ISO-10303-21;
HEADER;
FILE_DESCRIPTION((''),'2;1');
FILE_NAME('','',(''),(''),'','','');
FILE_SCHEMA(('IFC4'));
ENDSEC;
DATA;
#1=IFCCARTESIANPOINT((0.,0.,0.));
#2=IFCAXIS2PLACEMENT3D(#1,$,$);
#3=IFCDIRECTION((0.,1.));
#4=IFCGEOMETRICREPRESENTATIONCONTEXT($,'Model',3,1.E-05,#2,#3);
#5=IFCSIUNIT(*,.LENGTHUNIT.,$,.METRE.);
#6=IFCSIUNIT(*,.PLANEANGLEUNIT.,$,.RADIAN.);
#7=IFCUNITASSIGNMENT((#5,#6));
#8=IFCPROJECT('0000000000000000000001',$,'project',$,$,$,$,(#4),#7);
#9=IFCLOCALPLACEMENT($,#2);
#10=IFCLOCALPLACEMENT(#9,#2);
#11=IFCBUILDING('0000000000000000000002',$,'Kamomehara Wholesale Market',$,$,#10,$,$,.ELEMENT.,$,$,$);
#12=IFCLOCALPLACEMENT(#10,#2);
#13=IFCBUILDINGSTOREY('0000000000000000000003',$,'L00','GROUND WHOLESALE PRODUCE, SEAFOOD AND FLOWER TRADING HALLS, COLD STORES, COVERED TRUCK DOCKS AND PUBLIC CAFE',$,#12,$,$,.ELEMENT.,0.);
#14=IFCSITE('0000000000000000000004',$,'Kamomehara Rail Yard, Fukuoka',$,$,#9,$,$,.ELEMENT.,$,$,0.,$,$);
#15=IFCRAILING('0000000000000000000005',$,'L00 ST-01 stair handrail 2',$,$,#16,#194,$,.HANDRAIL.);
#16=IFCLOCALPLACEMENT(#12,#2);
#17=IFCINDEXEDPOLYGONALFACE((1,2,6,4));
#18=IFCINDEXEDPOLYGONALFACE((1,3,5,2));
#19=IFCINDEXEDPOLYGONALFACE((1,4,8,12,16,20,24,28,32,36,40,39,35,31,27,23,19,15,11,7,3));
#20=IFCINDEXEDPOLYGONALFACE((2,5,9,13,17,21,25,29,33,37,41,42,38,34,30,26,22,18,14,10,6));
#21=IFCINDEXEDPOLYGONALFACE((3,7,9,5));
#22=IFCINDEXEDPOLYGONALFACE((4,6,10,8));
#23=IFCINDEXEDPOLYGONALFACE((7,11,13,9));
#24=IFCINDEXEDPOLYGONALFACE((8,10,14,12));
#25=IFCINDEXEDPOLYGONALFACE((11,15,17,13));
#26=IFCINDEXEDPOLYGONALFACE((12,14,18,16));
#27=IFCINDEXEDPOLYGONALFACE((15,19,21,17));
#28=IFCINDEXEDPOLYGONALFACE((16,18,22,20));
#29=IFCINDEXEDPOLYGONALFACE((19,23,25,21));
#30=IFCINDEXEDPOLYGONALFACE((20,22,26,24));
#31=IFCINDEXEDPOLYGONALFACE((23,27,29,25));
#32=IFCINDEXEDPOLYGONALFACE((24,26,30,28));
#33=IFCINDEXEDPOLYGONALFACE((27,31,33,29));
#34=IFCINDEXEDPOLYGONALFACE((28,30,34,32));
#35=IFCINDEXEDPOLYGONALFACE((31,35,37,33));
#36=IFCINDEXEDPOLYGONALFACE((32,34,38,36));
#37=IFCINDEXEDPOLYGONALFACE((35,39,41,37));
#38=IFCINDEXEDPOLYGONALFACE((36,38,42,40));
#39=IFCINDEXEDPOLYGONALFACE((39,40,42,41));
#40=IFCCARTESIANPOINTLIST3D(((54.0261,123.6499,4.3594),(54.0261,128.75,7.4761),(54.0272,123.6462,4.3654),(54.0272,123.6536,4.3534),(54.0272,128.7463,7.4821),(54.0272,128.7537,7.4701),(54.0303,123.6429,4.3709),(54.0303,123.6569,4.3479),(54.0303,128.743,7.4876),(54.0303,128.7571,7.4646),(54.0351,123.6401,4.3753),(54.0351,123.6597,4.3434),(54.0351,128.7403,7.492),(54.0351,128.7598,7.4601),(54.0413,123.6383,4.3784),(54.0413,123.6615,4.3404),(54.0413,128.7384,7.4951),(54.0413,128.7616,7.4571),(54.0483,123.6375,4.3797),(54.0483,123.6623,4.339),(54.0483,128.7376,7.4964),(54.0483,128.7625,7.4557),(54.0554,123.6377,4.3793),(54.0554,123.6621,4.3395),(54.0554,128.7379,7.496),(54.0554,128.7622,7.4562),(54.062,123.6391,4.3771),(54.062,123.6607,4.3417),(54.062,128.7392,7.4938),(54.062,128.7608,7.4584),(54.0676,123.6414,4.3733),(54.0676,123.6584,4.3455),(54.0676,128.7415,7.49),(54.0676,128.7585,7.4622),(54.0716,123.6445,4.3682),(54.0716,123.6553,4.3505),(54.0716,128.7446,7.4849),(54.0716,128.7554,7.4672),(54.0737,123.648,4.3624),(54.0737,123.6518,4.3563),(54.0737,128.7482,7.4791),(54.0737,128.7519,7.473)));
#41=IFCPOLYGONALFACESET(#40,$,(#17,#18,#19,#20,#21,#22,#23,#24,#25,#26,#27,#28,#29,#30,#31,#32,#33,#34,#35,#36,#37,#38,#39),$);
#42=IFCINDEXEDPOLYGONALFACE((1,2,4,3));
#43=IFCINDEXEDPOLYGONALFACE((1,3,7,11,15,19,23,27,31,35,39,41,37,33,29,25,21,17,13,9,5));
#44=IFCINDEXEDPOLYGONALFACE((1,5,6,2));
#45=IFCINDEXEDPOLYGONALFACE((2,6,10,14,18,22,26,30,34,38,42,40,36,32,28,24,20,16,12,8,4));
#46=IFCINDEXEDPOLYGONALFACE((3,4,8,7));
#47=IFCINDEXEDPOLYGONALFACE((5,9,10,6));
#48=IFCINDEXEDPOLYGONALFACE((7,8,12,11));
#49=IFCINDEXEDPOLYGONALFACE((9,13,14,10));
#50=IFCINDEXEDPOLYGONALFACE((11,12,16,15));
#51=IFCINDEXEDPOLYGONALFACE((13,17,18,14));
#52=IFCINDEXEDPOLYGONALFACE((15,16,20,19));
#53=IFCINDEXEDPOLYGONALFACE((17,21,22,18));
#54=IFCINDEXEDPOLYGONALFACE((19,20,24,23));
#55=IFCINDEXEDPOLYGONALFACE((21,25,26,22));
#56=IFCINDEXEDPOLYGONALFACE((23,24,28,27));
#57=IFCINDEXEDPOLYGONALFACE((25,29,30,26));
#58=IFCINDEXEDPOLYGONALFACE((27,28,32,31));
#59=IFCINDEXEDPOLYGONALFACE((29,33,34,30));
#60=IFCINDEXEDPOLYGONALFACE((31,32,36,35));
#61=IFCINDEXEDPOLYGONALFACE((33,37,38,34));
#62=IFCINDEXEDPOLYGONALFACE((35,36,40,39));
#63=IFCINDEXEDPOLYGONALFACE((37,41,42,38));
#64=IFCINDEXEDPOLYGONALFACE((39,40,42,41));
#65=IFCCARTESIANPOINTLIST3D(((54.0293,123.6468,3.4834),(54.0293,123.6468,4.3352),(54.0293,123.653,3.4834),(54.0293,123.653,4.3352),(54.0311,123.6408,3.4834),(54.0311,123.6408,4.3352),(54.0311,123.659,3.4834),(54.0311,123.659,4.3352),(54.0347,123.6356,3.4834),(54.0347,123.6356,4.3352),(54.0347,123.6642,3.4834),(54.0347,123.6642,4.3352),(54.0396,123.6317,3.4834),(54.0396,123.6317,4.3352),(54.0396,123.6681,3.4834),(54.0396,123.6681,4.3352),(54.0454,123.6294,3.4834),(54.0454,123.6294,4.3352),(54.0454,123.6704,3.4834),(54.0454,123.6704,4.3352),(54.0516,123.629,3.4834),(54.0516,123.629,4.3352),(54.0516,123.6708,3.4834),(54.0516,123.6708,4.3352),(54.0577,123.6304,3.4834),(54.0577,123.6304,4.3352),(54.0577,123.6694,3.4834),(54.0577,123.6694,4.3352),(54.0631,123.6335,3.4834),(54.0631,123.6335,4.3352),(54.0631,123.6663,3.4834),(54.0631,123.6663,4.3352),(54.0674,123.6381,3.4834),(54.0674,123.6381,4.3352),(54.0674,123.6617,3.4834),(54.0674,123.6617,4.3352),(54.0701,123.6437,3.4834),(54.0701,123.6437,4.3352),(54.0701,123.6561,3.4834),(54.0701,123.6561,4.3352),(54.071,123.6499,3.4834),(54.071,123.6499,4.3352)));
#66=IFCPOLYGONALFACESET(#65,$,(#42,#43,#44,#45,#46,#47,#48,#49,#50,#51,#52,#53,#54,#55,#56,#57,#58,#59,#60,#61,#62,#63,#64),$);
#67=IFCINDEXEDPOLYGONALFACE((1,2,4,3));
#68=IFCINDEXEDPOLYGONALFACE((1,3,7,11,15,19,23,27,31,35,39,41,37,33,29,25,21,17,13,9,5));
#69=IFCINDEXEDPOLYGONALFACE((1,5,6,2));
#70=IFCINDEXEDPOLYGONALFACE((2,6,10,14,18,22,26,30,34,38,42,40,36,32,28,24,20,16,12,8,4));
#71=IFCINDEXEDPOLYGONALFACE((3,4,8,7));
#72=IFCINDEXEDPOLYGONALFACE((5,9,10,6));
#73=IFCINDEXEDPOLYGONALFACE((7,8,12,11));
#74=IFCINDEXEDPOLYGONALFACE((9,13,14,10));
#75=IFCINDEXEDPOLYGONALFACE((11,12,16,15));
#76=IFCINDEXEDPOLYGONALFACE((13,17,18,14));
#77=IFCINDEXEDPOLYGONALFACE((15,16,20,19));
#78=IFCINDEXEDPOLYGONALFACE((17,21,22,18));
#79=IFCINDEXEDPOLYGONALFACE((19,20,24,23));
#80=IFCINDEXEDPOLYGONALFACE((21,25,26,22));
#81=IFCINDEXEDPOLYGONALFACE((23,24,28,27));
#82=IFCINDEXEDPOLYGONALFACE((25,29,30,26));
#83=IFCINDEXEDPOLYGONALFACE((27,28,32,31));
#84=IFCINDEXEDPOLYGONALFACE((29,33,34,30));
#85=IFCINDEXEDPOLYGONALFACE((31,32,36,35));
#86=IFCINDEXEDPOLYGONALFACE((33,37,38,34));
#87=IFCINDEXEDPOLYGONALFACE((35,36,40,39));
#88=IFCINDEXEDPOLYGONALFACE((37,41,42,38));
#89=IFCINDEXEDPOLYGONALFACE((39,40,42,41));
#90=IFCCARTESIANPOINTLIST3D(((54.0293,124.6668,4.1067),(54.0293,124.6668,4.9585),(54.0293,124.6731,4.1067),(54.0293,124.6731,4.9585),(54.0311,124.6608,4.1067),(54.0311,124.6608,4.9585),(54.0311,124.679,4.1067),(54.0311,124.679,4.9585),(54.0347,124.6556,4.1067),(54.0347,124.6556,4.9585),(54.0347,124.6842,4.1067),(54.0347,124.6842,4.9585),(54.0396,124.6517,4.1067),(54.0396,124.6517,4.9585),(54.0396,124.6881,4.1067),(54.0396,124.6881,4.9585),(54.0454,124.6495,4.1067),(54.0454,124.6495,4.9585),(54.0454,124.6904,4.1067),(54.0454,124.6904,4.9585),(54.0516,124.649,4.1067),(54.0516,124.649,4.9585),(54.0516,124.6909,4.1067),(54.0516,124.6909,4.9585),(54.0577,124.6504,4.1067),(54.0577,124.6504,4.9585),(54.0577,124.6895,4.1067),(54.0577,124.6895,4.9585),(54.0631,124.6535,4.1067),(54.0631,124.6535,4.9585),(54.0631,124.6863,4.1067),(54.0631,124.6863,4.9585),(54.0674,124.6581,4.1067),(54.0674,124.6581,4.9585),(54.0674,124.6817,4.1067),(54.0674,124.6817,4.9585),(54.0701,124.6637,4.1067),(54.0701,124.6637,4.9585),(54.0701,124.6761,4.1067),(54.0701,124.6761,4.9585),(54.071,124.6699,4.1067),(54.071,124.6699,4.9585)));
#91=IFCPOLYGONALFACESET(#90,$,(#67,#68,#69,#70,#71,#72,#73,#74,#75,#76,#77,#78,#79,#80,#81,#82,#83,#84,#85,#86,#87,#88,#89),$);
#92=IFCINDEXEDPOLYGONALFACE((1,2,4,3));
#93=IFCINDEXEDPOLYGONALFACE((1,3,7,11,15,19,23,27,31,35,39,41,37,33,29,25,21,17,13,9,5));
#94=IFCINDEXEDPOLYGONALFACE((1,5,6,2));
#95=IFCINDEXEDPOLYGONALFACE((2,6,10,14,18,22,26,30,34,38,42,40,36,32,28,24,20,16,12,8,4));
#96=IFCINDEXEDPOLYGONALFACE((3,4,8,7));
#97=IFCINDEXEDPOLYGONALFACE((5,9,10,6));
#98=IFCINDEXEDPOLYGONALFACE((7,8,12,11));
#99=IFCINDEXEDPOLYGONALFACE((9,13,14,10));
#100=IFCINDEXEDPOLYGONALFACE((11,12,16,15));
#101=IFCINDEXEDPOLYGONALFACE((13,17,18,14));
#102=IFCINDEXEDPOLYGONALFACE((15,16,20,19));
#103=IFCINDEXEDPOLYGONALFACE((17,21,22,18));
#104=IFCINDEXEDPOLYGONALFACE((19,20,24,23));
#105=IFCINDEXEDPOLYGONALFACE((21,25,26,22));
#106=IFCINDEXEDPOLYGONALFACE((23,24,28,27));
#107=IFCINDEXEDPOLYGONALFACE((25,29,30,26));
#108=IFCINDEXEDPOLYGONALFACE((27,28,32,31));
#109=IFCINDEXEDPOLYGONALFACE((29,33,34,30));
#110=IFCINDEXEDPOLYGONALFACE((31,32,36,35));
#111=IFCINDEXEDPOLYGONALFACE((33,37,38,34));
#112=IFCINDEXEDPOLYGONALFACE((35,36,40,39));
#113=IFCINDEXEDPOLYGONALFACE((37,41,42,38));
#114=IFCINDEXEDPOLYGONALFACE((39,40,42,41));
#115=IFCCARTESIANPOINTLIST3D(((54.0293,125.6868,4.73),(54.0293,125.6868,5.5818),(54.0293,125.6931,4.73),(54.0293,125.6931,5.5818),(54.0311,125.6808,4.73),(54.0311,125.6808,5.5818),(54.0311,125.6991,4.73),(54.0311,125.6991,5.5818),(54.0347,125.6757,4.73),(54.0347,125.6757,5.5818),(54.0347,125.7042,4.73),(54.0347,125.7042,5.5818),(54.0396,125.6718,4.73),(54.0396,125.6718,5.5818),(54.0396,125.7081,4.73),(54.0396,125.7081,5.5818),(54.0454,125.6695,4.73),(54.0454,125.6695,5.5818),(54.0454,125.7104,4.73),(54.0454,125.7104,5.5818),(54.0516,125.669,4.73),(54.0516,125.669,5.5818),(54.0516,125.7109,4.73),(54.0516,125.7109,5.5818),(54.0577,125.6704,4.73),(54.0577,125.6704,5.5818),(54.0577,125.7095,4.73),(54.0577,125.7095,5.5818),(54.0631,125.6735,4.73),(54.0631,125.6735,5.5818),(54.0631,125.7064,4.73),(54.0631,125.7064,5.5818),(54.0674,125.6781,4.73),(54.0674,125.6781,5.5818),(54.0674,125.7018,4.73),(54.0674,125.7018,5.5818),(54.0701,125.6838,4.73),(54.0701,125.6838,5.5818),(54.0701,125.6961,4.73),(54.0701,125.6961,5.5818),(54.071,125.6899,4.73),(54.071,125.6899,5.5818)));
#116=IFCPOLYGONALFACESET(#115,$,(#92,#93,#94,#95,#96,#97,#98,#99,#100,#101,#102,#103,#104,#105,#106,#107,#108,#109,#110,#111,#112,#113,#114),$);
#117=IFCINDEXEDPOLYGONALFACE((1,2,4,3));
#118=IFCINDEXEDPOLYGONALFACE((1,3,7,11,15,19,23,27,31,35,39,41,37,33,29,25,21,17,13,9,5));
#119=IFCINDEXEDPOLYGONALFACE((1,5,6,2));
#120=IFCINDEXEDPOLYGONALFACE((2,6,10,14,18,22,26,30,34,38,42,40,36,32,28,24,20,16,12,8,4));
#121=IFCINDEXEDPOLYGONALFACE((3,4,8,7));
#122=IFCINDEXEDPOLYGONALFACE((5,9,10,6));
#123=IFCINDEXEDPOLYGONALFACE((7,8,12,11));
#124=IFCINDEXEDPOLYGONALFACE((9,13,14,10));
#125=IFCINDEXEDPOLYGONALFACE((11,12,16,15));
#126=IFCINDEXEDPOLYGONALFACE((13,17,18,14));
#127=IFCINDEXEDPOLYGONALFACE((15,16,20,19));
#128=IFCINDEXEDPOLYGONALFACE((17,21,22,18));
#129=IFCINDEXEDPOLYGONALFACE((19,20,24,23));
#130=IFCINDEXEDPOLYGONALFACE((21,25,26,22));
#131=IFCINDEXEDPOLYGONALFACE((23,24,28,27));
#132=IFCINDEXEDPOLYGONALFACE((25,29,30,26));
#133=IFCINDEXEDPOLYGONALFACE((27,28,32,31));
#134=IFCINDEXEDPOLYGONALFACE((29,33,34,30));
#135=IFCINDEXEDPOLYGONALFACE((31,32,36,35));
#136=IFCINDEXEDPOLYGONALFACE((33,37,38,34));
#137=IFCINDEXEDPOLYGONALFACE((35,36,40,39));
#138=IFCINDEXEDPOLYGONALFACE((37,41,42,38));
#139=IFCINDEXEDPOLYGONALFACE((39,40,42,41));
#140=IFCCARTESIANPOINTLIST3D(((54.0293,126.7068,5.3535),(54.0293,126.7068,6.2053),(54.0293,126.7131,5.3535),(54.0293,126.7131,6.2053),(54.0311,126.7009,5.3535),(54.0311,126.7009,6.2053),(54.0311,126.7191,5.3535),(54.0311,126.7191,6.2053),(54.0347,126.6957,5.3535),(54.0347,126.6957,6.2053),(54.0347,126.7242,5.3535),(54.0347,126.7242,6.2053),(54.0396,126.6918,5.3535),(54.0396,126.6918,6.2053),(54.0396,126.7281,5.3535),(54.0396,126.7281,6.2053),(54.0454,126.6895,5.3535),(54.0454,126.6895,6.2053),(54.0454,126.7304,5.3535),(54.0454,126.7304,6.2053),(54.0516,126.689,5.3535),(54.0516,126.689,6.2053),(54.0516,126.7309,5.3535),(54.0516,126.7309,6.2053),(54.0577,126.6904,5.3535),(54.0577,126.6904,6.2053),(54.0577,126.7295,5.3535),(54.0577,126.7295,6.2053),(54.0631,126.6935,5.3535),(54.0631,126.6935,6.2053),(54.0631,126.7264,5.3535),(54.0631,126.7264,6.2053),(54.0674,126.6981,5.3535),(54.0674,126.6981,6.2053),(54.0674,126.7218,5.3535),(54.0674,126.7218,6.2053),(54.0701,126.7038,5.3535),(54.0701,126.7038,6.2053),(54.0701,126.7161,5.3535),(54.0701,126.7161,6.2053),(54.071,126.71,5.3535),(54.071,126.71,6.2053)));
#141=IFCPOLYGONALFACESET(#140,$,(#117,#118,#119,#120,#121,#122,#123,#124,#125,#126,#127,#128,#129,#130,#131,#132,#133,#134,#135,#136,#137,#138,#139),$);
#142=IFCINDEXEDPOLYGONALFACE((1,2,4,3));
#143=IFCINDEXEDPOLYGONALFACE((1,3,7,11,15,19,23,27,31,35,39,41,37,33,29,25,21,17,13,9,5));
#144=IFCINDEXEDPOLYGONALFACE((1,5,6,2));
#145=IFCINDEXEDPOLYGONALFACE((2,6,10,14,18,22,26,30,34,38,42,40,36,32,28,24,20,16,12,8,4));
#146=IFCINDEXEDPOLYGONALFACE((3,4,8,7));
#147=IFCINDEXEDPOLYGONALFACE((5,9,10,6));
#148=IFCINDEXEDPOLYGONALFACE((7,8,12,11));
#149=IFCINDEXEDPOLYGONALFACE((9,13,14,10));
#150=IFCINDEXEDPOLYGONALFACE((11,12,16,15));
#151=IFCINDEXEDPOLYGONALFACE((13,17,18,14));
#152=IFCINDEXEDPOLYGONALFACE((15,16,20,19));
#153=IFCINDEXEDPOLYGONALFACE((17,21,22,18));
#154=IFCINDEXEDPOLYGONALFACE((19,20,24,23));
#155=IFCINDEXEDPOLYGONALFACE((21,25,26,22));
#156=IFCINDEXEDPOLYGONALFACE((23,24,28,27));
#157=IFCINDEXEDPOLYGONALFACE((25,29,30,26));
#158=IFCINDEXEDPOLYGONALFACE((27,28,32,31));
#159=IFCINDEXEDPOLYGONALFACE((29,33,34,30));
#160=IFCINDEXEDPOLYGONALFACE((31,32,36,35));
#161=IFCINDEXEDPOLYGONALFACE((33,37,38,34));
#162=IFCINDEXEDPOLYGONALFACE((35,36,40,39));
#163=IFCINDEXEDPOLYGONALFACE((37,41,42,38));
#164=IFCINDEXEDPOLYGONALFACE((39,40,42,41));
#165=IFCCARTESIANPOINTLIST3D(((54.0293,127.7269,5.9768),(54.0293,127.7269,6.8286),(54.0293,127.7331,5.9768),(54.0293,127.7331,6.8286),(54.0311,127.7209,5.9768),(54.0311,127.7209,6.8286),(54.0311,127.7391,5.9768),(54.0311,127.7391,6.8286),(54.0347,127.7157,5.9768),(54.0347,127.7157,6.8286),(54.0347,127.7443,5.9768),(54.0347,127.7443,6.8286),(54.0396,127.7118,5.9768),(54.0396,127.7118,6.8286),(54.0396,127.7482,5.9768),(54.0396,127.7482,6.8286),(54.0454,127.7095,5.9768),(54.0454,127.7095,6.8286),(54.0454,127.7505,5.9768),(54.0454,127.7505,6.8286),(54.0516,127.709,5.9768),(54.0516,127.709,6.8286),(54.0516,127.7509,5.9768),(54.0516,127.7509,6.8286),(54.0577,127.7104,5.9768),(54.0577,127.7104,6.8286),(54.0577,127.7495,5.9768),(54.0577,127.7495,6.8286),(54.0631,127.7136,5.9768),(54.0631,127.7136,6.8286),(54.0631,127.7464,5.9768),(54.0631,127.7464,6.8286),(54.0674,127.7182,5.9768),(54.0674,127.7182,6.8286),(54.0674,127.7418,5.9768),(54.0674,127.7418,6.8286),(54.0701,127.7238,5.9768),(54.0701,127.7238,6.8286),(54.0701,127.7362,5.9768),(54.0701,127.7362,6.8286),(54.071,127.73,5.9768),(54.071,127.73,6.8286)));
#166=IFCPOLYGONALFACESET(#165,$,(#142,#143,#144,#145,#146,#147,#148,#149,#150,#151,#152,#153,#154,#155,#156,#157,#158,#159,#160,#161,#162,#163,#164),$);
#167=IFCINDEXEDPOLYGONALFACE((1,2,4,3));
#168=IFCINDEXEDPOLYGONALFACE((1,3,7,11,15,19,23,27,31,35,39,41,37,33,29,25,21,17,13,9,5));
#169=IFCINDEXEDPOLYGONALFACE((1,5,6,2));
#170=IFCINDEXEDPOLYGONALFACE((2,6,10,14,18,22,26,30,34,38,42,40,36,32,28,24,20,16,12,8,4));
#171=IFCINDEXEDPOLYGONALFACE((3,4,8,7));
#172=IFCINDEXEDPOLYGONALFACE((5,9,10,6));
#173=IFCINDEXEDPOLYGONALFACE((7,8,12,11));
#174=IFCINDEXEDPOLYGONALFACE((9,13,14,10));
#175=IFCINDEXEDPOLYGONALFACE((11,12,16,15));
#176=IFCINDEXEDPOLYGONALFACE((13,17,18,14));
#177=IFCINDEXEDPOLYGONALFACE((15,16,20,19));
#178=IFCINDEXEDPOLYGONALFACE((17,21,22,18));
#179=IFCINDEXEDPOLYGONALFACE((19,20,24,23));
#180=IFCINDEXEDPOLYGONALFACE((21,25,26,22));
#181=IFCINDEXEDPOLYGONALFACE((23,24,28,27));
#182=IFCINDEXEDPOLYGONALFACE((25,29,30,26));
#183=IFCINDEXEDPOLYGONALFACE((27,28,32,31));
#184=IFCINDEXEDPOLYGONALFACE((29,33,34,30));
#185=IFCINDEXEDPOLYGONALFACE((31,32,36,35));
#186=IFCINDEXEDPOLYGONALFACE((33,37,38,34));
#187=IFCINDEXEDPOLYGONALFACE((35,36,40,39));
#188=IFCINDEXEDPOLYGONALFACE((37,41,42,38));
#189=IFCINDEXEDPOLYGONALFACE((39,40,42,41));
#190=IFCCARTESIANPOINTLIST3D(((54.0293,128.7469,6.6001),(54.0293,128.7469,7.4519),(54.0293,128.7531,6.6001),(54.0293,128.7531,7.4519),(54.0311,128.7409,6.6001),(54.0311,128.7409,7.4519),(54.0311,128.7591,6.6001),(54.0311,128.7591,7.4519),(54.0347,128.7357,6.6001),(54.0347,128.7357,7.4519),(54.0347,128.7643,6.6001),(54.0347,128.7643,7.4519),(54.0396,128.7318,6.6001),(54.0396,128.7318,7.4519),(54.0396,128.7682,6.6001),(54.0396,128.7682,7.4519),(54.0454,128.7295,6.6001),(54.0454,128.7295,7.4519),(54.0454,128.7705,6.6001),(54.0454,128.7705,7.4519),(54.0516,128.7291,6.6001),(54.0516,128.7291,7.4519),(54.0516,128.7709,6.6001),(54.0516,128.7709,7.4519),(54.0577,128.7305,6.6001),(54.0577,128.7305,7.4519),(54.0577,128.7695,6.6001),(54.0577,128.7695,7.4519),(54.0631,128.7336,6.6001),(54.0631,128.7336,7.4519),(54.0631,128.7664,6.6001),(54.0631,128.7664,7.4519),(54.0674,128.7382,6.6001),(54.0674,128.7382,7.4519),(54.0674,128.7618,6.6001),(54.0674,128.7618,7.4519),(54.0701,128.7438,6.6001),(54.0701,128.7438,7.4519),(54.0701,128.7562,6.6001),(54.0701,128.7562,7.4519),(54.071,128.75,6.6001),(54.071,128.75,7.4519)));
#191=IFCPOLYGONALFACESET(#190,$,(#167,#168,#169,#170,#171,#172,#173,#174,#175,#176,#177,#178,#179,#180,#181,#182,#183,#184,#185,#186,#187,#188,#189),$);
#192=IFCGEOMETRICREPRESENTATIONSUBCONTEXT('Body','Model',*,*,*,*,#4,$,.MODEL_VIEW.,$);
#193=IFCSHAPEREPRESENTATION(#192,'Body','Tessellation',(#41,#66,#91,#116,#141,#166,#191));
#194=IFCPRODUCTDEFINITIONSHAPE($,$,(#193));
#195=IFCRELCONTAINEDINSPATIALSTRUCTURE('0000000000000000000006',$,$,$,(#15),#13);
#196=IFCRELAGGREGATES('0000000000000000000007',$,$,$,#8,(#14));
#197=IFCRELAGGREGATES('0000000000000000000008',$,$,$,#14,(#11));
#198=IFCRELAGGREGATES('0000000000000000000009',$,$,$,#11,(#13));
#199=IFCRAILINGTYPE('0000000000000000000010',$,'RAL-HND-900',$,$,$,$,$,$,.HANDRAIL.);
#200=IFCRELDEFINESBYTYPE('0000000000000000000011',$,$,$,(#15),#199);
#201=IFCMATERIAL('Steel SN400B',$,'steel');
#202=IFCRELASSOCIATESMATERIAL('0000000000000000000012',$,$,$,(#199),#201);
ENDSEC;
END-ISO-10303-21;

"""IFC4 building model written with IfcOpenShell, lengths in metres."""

from ifc_helpers import new_model, si_unit, direction, frame, origin, origin_2d, place, context, subcontext, project, spatial, circle, extrude, material, type_object, element, save


model = new_model("IFC4")

# Units and contexts
model_context = context("Model", 3, precision=1e-05, world=origin(), true_north=direction((0.0, 1.0)))
body_context = subcontext(model_context, "Body", "Model", "MODEL_VIEW")
ifc_project = project(units=[si_unit("LENGTHUNIT", "METRE"), si_unit("PLANEANGLEUNIT", "RADIAN")], contexts=[model_context])

# Site, building, storey
site_placement = place(None, origin())
site = spatial("IfcSite", under=ifc_project, at=site_placement, Name="Kamomehara Rail Yard, Fukuoka", CompositionType="ELEMENT", RefElevation=0.0)
building_placement = place(site_placement, origin())
building = spatial("IfcBuilding", under=site, at=building_placement, Name="Kamomehara Wholesale Market", CompositionType="ELEMENT")
storey_placement = place(building_placement, origin())
storey = spatial("IfcBuildingStorey", under=building, at=storey_placement, Name="L00", Description="GROUND WHOLESALE PRODUCE, SEAFOOD AND FLOWER TRADING HALLS, COLD STORES, COVERED TRUCK DOCKS AND PUBLIC CAFE", CompositionType="ELEMENT", Elevation=0.0)

# Railing
ifc_material_1 = material(Name="Steel SN400B", Category="steel")
railing_type_1 = type_object("IfcRailingType", Name="RAL-HND-900", PredefinedType="HANDRAIL", material=ifc_material_1)
railing_1_placement = place(storey_placement, frame((54.05, 123.6499, 3.4834)))
element("IfcRailing", 1, at=railing_1_placement, inside=storey, type_object=railing_type_1, Name="L00 ST-01 stair handrail 2", PredefinedType="HANDRAIL", context=body_context, shape_type="SweptSolid", body=[
    extrude(circle(Radius=0.0239, at=origin_2d()), frame((0.0, 0.0, 0.876), z_axis=(0.0, 0.853284, 0.521447), x_axis=(-1.0, 0.0, 0.0)), (0.0, 0.0, 1.0), 5.9771),
    extrude(circle(Radius=0.021, at=origin_2d()), origin(), (0.0, 0.0, 1.0), 0.8518),
    extrude(circle(Radius=0.021, at=origin_2d()), frame((0.0, 1.02, 0.6233)), (0.0, 0.0, 1.0), 0.8518),
    extrude(circle(Radius=0.021, at=origin_2d()), frame((0.0, 2.04, 1.2466)), (0.0, 0.0, 1.0), 0.8518),
    extrude(circle(Radius=0.021, at=origin_2d()), frame((0.0, 3.0601, 1.8701)), (0.0, 0.0, 1.0), 0.8518),
    extrude(circle(Radius=0.021, at=origin_2d()), frame((0.0, 4.0801, 2.4934)), (0.0, 0.0, 1.0), 0.8518),
    extrude(circle(Radius=0.021, at=origin_2d()), frame((0.0, 5.1001, 3.1167)), (0.0, 0.0, 1.0), 0.8518),
])

save(model, "model.ifc")
